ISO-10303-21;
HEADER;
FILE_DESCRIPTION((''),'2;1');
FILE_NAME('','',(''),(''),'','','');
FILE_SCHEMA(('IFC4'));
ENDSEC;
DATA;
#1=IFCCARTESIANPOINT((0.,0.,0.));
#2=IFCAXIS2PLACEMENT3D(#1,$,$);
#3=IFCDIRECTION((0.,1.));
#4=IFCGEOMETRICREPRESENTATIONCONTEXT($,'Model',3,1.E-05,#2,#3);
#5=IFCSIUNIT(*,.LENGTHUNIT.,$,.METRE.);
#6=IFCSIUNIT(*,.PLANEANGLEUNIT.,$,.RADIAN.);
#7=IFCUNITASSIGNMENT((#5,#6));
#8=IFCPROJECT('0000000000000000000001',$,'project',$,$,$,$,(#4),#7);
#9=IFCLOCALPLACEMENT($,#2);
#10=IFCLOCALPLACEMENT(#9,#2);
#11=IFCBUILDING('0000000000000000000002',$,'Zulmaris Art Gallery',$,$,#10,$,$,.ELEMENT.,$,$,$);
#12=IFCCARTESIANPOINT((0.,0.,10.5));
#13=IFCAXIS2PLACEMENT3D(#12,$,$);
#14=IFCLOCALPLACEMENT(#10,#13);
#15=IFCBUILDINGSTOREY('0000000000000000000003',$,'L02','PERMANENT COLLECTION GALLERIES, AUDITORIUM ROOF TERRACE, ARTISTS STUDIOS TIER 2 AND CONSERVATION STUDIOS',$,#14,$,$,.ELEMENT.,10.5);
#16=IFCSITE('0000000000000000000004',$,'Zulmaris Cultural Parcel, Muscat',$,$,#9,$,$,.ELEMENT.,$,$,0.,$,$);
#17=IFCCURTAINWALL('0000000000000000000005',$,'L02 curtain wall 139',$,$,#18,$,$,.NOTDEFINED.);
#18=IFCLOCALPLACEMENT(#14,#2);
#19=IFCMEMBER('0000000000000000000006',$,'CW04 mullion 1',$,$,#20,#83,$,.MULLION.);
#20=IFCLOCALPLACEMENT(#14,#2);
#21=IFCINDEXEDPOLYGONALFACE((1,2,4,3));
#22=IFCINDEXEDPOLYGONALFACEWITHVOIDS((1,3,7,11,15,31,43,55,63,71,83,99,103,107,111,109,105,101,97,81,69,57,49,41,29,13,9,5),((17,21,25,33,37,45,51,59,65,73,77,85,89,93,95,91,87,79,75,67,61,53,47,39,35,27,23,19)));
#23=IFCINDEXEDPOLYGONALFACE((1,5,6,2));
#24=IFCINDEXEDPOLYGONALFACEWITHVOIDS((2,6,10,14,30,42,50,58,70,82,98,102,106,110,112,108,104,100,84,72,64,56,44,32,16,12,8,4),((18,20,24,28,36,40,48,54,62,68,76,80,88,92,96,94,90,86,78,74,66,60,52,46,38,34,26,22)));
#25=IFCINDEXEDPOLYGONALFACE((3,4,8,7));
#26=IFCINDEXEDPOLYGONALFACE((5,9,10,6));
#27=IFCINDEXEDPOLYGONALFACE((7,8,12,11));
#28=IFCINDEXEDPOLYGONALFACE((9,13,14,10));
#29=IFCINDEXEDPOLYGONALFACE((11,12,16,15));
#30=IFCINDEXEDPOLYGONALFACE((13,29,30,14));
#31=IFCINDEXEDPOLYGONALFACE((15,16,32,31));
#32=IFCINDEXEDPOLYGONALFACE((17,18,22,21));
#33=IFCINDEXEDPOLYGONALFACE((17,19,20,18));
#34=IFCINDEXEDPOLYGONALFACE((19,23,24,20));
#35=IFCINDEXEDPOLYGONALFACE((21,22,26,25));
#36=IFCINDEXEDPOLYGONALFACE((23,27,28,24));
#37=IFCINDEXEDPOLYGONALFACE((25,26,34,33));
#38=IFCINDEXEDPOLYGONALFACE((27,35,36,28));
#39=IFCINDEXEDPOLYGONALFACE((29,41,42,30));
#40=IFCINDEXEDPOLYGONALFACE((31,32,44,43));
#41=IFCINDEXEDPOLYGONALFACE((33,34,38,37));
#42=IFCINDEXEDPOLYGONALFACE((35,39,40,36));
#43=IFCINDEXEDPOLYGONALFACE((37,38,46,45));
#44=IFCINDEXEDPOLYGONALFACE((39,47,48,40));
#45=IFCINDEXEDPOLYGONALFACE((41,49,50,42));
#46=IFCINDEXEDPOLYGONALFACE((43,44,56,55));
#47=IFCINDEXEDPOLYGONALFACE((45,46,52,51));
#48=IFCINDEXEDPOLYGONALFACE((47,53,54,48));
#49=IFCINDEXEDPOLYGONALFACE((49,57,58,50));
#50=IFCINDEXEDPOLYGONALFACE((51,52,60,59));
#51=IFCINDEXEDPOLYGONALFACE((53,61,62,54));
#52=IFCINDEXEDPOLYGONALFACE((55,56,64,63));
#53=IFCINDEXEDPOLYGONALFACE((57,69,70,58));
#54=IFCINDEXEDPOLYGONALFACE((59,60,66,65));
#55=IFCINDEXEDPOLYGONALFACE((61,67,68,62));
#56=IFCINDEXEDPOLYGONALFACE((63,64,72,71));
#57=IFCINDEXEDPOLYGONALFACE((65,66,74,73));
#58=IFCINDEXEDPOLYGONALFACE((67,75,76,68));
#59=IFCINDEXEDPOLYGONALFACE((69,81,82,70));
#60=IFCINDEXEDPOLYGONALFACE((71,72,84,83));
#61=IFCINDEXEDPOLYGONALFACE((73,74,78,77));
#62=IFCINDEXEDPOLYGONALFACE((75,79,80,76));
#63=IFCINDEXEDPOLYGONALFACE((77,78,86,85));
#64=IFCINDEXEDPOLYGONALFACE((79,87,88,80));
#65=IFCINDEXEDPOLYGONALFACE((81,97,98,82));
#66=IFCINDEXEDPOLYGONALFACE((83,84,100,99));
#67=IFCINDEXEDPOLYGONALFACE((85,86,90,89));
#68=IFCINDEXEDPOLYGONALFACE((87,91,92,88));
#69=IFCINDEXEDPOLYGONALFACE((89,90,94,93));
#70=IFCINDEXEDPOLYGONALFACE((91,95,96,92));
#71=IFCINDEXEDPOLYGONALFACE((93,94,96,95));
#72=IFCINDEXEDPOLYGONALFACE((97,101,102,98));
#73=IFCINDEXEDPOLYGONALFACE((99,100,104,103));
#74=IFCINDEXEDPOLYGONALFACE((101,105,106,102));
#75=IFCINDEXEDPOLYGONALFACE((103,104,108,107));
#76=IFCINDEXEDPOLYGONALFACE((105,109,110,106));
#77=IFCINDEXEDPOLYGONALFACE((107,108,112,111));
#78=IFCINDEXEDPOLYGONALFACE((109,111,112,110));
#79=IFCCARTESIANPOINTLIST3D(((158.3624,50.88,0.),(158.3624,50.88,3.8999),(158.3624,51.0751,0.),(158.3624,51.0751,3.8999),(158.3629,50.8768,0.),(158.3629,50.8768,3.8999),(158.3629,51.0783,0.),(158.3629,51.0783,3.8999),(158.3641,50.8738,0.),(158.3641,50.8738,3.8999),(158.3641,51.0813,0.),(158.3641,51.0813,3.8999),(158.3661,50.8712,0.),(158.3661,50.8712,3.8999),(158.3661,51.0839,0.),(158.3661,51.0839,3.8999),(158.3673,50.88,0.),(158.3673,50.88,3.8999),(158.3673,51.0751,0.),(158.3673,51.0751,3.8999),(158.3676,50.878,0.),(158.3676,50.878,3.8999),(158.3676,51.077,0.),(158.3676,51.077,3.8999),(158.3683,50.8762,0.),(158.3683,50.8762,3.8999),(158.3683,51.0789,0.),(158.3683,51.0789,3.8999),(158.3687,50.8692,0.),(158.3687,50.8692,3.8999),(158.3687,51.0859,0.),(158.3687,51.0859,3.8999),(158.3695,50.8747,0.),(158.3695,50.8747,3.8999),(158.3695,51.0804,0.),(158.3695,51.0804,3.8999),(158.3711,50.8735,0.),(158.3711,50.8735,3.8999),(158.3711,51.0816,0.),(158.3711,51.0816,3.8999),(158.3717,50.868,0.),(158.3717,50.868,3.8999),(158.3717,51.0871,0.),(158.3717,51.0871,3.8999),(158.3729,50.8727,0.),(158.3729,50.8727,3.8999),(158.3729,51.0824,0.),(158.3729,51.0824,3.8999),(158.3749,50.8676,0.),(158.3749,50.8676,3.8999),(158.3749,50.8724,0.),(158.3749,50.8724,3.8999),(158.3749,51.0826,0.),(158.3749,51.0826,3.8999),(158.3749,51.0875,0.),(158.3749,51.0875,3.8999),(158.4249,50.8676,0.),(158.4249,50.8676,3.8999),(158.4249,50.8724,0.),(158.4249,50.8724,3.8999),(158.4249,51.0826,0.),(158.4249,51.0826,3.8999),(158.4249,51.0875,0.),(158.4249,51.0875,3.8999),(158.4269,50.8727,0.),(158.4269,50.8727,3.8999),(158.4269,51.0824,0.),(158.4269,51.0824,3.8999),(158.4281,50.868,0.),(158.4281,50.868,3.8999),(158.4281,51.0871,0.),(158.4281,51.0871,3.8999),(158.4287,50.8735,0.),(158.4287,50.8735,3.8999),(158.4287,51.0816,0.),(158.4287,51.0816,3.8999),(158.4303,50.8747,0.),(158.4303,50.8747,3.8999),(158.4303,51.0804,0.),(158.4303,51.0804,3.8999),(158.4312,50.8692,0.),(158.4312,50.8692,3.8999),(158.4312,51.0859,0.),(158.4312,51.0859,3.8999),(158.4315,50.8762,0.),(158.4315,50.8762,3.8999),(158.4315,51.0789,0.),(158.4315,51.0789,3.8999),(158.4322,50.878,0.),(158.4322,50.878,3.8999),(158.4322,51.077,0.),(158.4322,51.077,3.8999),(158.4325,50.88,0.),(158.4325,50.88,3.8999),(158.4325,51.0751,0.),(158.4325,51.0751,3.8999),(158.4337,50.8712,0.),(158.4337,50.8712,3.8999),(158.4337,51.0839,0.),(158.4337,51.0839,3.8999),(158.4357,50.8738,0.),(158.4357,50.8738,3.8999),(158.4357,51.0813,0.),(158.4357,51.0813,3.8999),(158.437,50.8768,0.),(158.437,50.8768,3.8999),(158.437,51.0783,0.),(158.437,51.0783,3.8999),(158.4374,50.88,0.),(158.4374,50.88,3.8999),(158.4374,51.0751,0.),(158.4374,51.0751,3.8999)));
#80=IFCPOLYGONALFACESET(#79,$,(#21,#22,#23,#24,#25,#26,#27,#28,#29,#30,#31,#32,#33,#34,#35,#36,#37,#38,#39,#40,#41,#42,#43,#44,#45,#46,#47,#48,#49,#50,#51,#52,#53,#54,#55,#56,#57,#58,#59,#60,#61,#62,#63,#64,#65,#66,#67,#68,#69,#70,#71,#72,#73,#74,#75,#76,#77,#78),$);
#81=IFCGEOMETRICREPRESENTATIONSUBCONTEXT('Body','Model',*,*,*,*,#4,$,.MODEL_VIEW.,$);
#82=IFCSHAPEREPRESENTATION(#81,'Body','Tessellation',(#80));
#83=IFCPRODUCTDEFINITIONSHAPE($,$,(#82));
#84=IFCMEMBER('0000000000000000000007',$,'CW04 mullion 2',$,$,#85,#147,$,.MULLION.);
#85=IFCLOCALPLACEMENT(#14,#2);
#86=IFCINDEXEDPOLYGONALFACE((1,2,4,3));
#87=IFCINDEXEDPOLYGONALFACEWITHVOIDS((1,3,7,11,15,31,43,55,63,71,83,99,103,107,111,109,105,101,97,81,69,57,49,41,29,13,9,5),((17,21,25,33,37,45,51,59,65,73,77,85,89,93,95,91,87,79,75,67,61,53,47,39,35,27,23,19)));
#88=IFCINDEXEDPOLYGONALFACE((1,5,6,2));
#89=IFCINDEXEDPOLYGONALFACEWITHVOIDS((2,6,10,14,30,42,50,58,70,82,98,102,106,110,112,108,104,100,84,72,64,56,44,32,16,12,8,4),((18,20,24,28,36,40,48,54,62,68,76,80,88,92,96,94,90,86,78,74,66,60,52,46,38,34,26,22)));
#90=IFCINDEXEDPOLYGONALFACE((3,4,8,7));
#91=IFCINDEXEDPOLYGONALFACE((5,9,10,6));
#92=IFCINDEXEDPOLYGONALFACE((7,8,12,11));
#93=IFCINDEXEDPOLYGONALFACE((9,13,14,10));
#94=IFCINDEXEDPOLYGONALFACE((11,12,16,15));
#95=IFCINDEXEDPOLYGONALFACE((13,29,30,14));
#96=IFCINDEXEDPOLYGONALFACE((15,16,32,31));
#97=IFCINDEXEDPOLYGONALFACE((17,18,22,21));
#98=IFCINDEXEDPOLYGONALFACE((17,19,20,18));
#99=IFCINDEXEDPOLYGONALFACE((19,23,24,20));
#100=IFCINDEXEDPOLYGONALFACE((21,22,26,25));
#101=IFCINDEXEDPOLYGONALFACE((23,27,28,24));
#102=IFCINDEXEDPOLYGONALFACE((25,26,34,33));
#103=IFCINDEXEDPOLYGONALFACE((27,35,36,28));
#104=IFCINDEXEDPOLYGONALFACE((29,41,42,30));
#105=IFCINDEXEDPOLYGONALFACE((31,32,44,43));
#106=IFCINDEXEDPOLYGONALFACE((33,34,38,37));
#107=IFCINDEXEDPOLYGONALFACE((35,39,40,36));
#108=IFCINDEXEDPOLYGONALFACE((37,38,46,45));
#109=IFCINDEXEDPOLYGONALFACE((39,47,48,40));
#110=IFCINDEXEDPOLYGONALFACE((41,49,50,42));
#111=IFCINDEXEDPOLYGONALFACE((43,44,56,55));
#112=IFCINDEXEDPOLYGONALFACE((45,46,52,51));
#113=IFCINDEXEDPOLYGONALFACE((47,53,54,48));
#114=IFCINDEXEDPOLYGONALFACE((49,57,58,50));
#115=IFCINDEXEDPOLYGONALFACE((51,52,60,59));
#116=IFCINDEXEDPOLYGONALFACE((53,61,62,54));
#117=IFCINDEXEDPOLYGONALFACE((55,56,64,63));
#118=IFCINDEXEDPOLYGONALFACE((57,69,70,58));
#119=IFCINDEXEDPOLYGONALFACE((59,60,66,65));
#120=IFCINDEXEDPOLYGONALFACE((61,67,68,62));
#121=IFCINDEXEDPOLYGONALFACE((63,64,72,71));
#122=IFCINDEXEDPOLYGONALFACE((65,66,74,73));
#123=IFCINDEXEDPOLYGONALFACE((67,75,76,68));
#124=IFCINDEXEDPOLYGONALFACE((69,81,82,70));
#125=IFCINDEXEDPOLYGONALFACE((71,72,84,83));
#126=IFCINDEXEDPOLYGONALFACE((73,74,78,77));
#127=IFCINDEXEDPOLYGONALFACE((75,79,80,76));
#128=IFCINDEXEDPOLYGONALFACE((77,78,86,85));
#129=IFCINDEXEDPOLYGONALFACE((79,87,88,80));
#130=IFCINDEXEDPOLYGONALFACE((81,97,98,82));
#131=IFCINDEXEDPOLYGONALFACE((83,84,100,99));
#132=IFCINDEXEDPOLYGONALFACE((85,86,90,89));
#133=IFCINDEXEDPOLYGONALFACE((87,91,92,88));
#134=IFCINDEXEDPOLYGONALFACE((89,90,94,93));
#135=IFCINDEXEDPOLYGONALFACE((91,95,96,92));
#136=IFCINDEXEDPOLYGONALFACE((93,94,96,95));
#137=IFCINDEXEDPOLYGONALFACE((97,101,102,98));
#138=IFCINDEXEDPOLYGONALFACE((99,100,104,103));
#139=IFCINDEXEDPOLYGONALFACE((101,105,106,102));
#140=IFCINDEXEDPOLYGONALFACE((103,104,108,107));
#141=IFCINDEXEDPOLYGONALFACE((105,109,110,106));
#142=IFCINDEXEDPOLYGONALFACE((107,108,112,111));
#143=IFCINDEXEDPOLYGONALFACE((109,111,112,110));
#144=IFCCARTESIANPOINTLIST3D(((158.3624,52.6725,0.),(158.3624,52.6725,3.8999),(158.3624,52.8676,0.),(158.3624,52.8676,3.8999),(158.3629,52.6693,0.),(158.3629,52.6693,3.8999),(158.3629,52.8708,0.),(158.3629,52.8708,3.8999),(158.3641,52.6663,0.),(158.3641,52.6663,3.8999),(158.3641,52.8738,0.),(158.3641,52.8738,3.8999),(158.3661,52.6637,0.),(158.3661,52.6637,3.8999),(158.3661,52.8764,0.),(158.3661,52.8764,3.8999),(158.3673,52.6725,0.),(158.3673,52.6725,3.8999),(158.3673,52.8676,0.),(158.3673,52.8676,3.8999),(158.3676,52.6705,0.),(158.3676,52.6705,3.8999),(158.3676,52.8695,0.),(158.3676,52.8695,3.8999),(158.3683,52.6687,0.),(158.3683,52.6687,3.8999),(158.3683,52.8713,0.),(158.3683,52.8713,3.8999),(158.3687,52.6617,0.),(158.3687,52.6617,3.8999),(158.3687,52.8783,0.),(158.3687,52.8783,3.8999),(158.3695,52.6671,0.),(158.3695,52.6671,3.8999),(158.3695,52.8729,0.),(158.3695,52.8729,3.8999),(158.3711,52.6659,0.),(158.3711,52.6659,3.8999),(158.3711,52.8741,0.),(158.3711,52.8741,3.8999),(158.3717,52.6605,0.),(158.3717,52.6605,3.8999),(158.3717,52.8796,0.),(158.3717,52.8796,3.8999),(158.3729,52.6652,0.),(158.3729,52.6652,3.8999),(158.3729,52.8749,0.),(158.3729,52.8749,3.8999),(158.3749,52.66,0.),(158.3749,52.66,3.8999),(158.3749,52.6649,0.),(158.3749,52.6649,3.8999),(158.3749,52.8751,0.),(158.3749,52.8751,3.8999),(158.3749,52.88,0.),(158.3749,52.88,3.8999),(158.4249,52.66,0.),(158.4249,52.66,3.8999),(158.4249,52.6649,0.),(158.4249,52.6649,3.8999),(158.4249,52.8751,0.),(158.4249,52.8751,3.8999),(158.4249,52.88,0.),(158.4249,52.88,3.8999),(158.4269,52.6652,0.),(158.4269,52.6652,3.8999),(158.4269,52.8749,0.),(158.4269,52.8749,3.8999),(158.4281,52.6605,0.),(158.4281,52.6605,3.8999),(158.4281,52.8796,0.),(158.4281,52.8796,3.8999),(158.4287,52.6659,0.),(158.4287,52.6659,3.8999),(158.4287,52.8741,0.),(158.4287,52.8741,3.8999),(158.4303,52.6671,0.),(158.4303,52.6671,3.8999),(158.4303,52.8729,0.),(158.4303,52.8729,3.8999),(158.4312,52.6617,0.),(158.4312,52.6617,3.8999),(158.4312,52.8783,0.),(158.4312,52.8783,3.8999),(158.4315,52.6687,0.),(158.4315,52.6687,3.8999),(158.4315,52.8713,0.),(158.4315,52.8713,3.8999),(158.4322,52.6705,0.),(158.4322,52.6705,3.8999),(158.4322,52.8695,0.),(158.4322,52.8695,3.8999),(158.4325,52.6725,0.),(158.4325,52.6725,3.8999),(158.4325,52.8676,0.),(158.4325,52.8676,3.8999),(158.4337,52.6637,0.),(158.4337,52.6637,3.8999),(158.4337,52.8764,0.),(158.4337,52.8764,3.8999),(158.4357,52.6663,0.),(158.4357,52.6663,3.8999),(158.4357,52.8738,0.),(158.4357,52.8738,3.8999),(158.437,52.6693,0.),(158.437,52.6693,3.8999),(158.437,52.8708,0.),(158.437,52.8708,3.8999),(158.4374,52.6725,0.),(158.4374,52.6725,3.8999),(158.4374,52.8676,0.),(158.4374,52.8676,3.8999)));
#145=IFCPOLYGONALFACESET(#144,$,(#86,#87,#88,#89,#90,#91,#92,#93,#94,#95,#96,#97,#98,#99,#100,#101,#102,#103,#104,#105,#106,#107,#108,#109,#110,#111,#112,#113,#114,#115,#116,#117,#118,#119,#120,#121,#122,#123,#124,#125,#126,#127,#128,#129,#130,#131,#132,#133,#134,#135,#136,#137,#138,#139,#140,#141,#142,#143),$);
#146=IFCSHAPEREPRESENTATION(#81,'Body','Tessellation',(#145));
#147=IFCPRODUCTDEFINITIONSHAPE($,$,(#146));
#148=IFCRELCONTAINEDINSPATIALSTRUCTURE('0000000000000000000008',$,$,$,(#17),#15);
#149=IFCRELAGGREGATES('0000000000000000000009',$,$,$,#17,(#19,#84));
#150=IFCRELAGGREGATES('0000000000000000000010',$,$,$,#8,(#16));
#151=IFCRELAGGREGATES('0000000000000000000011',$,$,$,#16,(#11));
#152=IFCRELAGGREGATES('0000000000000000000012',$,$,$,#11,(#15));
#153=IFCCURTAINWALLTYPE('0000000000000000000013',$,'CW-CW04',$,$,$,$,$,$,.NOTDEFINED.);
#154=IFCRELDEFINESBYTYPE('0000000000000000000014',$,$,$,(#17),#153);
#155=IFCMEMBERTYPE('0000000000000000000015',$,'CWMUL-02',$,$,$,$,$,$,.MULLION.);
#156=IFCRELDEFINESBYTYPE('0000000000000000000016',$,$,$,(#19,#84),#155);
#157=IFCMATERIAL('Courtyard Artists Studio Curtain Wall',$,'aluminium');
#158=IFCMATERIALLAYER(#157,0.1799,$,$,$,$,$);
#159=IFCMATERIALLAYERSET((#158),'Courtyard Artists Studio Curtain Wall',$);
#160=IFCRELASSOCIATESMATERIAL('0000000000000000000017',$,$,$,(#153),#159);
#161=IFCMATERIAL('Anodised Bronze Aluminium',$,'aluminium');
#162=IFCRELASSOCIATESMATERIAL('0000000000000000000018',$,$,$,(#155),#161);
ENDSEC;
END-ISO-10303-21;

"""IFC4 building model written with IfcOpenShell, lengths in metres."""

from ifc_helpers import new_model, si_unit, direction, frame, origin, origin_2d, place, context, subcontext, project, spatial, hollow_rectangle, extrude, material, layer, layer_set, material_profile, profile_set, type_object, element, aggregate, save


model = new_model("IFC4")

# Units and contexts
model_context = context("Model", 3, precision=1e-05, world=origin(), true_north=direction((0.0, 1.0)))
body_context = subcontext(model_context, "Body", "Model", "MODEL_VIEW")
ifc_project = project(units=[si_unit("LENGTHUNIT", "METRE"), si_unit("PLANEANGLEUNIT", "RADIAN")], contexts=[model_context])

# Site, building, storey
site_placement = place(None, origin())
site = spatial("IfcSite", under=ifc_project, at=site_placement, Name="Zulmaris Cultural Parcel, Muscat", CompositionType="ELEMENT", RefElevation=0.0)
building_placement = place(site_placement, origin())
building = spatial("IfcBuilding", under=site, at=building_placement, Name="Zulmaris Art Gallery", CompositionType="ELEMENT")
storey_placement = place(building_placement, frame((0.0, 0.0, 10.5)))
storey = spatial("IfcBuildingStorey", under=building, at=storey_placement, Name="L02", Description="PERMANENT COLLECTION GALLERIES, AUDITORIUM ROOF TERRACE, ARTISTS STUDIOS TIER 2 AND CONSERVATION STUDIOS", CompositionType="ELEMENT", Elevation=10.5)

# Curtain wall, members
ifc_material_1 = material(Name="Courtyard Artists Studio Curtain Wall", Category="aluminium")
ifc_layer_1 = layer(ifc_material_1, 0.1799)
ifc_layer_set_1 = layer_set([ifc_layer_1], Name="Courtyard Artists Studio Curtain Wall")
curtain_wall_type = type_object("IfcCurtainWallType", Name="CW-CW04", PredefinedType="NOTDEFINED", material=ifc_layer_set_1)
ifc_material_2 = material(Name="Anodised Bronze Aluminium", Category="aluminium")
ifc_material_profile_1 = material_profile(ifc_material_2, hollow_rectangle(XDim=0.075, YDim=0.22, WallThickness=0.0049, InnerFilletRadius=0.0076, OuterFilletRadius=0.0125, at=origin_2d()), Name="ALU 75x220x5")
ifc_profile_set_1 = profile_set([ifc_material_profile_1], Name="Anodised Bronze Aluminium")
member_type_1 = type_object("IfcMemberType", Name="CWMUL-02", PredefinedType="MULLION", material=ifc_profile_set_1)
curtain_wall_1_placement = place(storey_placement, origin())
curtain_wall_1 = element("IfcCurtainWall", 1, at=curtain_wall_1_placement, inside=storey, type_object=curtain_wall_type, Name="L02 curtain wall 139", PredefinedType="NOTDEFINED")
member_1_placement = place(storey_placement, frame((158.3999, 50.9775, 0.0), z_axis=(0.0, 0.0, 1.0), x_axis=(-1.0, 0.0, 0.0)))
member_1 = element("IfcMember", 2, at=member_1_placement, type_object=member_type_1, Name="CW04 mullion 1", PredefinedType="MULLION", context=body_context, shape_type="SweptSolid", body=[
    extrude(hollow_rectangle(XDim=0.075, YDim=0.22, WallThickness=0.0049, InnerFilletRadius=0.0076, OuterFilletRadius=0.0125, at=origin_2d()), origin(), (0.0, 0.0, 1.0), 3.8999),
])
member_2_placement = place(storey_placement, frame((158.3999, 52.77, 0.0), z_axis=(0.0, 0.0, 1.0), x_axis=(-1.0, 0.0, 0.0)))
member_2 = element("IfcMember", 3, at=member_2_placement, type_object=member_type_1, Name="CW04 mullion 2", PredefinedType="MULLION", context=body_context, shape_type="SweptSolid", body=[
    extrude(hollow_rectangle(XDim=0.075, YDim=0.22, WallThickness=0.0049, InnerFilletRadius=0.0076, OuterFilletRadius=0.0125, at=origin_2d()), origin(), (0.0, 0.0, 1.0), 3.8999),
])

aggregate(curtain_wall_1, [member_1, member_2])

save(model, "model.ifc")
